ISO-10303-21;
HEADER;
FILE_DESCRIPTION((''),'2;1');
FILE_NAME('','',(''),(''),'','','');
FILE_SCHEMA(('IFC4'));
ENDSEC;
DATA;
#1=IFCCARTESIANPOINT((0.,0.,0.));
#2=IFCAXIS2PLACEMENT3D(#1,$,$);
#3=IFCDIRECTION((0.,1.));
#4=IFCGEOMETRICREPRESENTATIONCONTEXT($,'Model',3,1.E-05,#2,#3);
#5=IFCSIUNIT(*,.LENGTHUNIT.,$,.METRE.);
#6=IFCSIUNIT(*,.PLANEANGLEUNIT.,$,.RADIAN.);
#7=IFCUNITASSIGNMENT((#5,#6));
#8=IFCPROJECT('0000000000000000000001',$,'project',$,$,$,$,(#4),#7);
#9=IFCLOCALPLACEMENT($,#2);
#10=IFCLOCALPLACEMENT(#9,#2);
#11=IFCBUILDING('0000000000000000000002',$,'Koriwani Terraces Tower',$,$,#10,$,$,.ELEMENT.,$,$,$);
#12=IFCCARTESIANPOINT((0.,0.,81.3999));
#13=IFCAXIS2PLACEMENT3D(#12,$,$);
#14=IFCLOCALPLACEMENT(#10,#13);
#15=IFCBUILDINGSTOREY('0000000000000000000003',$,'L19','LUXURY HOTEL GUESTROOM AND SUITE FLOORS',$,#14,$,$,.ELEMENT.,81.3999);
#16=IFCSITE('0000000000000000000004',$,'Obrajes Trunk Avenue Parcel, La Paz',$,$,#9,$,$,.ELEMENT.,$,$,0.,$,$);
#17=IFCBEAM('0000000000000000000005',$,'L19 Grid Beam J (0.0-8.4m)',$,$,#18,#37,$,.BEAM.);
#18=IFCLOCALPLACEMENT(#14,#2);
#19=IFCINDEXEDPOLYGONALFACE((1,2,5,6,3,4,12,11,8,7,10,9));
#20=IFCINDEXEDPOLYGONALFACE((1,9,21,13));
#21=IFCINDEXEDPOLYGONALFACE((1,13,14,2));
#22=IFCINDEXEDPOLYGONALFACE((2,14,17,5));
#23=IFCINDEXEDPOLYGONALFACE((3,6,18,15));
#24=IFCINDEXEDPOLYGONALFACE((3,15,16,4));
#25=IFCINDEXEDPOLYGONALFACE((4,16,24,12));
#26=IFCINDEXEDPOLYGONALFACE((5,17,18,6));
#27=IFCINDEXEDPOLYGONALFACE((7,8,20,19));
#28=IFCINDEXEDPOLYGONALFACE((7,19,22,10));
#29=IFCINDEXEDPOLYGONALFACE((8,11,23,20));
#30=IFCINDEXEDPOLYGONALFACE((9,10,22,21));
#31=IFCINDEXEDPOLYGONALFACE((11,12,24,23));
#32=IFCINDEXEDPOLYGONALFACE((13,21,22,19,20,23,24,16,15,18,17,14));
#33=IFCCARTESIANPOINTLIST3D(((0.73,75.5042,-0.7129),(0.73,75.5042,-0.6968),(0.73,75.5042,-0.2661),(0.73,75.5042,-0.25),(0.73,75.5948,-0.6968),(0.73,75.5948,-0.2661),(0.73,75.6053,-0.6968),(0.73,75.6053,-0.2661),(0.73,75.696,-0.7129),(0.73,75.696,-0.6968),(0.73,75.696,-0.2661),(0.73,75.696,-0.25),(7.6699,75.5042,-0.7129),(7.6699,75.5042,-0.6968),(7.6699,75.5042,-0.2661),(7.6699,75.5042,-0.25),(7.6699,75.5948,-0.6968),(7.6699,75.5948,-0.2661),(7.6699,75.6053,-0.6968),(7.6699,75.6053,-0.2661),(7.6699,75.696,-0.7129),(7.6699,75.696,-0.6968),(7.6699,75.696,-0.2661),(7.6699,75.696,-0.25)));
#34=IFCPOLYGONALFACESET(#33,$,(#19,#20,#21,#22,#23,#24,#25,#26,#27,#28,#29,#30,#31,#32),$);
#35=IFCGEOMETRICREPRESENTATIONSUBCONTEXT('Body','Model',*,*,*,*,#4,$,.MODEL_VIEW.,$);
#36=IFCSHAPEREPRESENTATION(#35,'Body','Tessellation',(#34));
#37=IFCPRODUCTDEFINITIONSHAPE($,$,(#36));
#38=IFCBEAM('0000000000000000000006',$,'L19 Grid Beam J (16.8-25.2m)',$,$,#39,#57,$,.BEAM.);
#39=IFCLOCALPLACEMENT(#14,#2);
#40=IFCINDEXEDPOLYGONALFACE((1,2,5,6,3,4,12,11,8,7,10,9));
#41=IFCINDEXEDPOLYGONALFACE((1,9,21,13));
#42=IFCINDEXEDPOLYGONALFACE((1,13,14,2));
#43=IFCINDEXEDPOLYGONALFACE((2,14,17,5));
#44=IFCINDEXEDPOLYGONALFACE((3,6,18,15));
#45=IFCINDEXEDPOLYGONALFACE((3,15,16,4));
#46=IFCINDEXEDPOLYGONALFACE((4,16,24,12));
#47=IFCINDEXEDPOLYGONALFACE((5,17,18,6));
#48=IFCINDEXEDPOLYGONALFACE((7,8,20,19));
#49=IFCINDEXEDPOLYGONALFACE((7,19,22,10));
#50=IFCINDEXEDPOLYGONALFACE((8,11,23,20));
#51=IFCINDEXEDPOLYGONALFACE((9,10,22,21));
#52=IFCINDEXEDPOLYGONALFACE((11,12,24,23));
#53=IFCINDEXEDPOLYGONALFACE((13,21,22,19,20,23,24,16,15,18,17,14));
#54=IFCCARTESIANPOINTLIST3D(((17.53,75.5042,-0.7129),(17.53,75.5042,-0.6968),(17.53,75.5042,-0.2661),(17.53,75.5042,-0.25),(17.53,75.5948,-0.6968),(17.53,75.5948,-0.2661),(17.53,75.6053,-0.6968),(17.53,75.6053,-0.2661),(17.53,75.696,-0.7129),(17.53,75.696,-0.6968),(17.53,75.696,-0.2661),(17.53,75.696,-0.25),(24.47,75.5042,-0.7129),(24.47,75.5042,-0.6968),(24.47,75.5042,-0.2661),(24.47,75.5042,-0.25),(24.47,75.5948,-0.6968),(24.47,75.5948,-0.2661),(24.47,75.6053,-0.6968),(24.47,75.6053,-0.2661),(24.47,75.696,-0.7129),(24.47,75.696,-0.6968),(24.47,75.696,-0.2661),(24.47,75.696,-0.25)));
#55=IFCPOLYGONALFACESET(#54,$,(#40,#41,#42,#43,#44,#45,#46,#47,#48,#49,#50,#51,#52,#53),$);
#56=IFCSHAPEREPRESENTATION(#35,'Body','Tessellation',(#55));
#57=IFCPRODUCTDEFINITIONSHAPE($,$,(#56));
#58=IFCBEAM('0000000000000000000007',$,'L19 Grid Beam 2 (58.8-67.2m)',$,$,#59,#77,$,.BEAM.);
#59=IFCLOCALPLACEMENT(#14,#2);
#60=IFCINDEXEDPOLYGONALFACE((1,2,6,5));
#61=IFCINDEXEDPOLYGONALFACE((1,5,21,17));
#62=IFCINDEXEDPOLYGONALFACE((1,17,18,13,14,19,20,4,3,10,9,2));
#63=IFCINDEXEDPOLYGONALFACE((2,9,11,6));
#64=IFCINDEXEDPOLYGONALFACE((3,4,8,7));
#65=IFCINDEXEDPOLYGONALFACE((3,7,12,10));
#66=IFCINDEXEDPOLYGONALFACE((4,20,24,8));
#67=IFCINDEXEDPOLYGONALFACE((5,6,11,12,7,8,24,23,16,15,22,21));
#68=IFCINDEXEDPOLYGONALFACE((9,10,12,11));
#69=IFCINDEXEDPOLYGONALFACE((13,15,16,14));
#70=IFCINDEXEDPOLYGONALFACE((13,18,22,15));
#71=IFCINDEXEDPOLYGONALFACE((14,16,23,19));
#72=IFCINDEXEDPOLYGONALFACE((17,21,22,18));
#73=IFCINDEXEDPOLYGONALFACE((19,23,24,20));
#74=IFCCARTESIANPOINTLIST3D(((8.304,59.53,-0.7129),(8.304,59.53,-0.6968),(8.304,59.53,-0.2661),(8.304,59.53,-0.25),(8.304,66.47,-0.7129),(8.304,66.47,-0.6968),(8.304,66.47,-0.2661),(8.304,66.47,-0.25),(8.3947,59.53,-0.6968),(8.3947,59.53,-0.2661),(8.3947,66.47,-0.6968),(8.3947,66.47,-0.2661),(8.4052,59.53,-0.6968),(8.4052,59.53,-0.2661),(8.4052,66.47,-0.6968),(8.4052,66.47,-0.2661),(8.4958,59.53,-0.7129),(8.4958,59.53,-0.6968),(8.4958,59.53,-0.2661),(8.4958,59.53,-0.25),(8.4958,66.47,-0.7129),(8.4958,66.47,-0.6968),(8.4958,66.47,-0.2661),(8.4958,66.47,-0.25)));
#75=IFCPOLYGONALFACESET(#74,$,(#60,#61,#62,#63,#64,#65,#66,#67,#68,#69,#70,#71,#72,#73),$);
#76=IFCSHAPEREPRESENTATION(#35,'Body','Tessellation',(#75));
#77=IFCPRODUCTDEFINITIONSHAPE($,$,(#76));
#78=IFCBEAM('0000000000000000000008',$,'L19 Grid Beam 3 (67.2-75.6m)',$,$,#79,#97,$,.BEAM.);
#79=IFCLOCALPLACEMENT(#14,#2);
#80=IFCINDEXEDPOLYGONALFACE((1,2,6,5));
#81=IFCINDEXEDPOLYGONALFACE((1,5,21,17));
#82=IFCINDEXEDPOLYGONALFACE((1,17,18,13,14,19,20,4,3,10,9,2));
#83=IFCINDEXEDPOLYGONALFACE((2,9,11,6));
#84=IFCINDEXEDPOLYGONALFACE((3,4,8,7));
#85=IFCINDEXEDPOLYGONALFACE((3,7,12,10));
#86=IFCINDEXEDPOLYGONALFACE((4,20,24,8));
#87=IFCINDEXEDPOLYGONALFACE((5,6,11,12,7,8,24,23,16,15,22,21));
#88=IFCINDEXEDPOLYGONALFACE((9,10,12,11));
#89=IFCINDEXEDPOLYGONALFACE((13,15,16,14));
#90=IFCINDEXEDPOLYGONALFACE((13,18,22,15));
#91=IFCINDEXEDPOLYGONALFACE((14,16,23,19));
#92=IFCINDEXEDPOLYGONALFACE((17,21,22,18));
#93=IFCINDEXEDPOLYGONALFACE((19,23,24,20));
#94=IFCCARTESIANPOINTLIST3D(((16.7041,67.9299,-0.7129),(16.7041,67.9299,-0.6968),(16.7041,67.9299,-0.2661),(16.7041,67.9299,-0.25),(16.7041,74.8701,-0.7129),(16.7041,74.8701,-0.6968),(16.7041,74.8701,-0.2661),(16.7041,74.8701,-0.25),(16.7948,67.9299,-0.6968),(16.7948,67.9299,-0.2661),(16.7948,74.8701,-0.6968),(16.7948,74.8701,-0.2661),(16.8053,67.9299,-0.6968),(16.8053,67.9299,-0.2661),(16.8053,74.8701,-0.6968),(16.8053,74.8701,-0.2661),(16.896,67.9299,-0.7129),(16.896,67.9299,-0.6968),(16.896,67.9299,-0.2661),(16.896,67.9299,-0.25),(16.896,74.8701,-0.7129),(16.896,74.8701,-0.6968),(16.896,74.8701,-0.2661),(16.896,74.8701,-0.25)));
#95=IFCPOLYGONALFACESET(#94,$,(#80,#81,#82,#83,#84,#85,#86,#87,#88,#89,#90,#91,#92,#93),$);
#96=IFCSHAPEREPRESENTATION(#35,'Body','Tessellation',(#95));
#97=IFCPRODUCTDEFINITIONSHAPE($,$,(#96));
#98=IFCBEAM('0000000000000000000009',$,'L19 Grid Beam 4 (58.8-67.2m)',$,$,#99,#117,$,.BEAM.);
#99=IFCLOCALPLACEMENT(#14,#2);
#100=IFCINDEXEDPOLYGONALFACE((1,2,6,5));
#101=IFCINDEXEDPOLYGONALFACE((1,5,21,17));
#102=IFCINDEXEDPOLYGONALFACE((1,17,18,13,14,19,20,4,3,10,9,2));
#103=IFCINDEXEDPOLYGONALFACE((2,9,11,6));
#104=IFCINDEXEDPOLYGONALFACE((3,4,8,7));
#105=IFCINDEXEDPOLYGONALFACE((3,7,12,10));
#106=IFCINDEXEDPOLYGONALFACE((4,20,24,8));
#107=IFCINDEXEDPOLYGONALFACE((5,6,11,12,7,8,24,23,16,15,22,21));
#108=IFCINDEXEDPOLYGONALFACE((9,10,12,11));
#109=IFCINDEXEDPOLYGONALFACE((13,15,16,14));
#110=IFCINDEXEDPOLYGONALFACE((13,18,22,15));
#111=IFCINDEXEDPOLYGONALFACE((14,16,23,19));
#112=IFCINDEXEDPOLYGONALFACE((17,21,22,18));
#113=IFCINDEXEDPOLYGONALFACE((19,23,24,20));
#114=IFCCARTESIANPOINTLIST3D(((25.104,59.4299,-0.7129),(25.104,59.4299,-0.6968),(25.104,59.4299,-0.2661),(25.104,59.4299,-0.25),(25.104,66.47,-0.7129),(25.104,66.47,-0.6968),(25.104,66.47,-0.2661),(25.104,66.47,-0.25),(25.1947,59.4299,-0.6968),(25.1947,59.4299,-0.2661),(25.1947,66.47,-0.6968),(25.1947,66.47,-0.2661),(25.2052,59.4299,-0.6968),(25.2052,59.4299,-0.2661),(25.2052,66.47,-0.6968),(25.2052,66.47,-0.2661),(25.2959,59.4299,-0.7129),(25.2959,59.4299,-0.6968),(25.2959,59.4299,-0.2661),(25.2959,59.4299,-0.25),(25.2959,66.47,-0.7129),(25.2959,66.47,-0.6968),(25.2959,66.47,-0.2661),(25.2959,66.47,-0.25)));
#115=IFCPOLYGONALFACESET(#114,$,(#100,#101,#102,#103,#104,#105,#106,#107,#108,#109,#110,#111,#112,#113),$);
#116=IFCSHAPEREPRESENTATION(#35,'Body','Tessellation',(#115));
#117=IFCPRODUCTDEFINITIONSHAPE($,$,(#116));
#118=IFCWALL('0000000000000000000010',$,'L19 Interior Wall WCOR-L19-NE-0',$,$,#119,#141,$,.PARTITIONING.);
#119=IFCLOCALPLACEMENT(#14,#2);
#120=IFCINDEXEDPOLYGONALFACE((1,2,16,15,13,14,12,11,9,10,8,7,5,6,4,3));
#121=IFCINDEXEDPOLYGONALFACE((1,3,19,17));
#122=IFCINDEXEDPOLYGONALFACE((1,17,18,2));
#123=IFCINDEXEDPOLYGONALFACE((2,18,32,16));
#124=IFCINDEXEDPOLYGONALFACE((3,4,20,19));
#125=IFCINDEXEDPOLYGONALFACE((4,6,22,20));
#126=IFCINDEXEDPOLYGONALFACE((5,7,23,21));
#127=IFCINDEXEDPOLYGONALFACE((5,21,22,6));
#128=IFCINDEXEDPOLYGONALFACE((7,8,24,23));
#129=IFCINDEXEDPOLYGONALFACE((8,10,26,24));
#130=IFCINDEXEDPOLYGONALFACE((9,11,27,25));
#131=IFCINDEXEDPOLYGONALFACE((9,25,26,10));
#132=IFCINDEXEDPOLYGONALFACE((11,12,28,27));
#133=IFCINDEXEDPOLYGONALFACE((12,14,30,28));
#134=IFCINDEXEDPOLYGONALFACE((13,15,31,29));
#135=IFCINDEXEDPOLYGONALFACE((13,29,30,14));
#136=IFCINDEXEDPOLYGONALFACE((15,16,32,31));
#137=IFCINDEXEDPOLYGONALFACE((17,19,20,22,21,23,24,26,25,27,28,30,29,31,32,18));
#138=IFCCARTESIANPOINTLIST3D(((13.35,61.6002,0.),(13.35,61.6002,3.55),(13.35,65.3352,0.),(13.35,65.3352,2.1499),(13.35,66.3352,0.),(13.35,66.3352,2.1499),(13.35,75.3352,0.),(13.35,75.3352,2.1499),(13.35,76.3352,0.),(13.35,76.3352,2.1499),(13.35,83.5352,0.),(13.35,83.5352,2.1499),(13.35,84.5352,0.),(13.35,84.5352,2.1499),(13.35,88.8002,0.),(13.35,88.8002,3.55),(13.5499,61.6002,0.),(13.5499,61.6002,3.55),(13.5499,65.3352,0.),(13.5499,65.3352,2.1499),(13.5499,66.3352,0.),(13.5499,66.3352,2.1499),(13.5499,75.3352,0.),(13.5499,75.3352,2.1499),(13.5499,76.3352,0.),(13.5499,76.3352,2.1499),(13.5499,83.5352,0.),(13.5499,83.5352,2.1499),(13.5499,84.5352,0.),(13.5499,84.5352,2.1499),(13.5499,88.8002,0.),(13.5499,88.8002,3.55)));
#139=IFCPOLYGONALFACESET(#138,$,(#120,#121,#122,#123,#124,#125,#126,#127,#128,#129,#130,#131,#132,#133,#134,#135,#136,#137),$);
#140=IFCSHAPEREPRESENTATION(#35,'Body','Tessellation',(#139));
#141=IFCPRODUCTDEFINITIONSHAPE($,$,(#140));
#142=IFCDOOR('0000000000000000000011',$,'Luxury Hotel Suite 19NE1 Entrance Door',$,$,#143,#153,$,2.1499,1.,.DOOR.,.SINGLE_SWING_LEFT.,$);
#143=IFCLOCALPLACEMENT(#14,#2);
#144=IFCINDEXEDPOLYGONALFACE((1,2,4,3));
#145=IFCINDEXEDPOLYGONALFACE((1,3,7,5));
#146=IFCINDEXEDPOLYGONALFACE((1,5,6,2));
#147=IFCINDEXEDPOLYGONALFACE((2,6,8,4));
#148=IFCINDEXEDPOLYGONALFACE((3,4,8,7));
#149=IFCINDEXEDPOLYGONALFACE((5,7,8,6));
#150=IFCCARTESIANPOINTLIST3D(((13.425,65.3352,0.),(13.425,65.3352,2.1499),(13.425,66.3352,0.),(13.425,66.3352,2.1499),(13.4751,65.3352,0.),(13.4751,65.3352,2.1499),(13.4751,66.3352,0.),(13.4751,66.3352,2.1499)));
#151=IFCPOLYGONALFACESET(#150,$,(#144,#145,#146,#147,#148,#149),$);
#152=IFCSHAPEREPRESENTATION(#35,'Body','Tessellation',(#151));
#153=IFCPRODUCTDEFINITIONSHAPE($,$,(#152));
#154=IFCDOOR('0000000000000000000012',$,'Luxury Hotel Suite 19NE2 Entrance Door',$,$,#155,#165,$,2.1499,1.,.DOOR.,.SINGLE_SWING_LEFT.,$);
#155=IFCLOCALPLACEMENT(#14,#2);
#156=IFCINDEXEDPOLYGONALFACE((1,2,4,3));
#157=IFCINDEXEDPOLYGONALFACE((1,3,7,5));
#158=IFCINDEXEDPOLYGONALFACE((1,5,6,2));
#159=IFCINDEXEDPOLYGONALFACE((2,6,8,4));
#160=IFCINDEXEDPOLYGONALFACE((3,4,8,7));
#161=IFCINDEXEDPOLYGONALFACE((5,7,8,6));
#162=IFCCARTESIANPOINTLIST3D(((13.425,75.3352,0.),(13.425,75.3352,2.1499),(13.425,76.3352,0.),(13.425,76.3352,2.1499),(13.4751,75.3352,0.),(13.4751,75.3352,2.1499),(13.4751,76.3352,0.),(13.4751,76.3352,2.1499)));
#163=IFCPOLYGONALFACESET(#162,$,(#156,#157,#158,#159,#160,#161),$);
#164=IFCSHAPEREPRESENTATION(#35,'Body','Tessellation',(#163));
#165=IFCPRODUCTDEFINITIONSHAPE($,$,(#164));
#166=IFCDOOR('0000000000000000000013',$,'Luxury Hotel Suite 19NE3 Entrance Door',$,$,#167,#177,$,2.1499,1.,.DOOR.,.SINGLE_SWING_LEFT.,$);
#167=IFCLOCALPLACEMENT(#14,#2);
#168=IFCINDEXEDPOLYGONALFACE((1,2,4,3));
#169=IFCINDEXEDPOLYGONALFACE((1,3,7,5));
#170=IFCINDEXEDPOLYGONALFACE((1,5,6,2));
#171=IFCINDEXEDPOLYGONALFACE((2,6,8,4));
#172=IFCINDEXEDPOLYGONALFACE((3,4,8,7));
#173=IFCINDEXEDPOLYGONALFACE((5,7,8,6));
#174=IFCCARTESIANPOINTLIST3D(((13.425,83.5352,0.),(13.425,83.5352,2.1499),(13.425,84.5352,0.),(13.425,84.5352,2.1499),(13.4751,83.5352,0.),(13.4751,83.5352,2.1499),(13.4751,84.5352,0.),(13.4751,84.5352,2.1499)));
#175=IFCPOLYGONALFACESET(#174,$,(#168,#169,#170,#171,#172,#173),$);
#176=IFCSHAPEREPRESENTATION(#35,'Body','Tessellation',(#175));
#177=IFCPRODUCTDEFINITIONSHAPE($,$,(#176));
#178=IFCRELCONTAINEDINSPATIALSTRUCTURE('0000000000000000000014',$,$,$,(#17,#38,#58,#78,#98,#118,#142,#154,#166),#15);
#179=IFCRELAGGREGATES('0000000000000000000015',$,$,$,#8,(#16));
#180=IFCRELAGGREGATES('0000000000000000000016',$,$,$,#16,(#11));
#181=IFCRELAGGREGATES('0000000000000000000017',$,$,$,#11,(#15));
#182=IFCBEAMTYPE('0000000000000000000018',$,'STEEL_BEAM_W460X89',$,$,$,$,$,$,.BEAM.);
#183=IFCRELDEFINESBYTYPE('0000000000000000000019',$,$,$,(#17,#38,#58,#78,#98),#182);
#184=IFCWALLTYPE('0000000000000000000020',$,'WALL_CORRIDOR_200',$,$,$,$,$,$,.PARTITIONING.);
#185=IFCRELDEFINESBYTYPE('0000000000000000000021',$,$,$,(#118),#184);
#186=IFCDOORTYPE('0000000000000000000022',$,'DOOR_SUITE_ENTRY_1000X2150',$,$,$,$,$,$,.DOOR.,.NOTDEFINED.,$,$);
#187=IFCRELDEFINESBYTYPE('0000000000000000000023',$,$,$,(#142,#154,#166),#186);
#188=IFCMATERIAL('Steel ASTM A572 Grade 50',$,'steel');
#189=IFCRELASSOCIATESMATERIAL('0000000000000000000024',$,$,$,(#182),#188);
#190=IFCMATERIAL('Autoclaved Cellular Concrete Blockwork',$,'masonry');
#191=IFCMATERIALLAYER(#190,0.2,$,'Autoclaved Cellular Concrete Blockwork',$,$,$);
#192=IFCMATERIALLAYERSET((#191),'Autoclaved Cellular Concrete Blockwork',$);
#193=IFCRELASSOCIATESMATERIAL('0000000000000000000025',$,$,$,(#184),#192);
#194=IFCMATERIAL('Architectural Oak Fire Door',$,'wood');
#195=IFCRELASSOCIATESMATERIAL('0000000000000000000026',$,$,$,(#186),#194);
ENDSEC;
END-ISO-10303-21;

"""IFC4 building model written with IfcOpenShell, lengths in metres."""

from ifc_helpers import new_model, si_unit, direction, frame, frame_2d, origin, origin_2d, place, context, subcontext, project, spatial, rectangle, i_section, extrude, material, layer, layer_set, material_profile, profile_set, type_object, element, fill, save


model = new_model("IFC4")

# Units and contexts
model_context = context("Model", 3, precision=1e-05, world=origin(), true_north=direction((0.0, 1.0)))
body_context = subcontext(model_context, "Body", "Model", "MODEL_VIEW")
ifc_project = project(units=[si_unit("LENGTHUNIT", "METRE"), si_unit("PLANEANGLEUNIT", "RADIAN")], contexts=[model_context])

# Site, building, storey
site_placement = place(None, origin())
site = spatial("IfcSite", under=ifc_project, at=site_placement, Name="Obrajes Trunk Avenue Parcel, La Paz", CompositionType="ELEMENT", RefElevation=0.0)
building_placement = place(site_placement, origin())
building = spatial("IfcBuilding", under=site, at=building_placement, Name="Koriwani Terraces Tower", CompositionType="ELEMENT")
storey_placement = place(building_placement, frame((0.0, 0.0, 81.3999)))
storey = spatial("IfcBuildingStorey", under=building, at=storey_placement, Name="L19", Description="LUXURY HOTEL GUESTROOM AND SUITE FLOORS", CompositionType="ELEMENT", Elevation=81.3999)

# Beams
ifc_material_1 = material(Name="Steel ASTM A572 Grade 50", Category="steel")
ifc_material_profile_1 = material_profile(ifc_material_1, i_section(OverallWidth=0.1919, OverallDepth=0.4629, WebThickness=0.0105, FlangeThickness=0.0161, at=origin_2d()), Name="Steel ASTM A572 Grade 50", Category="LoadBearing")
ifc_profile_set_1 = profile_set([ifc_material_profile_1], Name="Steel ASTM A572 Grade 50")
beam_type_1 = type_object("IfcBeamType", Name="STEEL_BEAM_W460X89", PredefinedType="BEAM", material=ifc_profile_set_1)
for number, where, z_axis, x_axis, name in (
    (1, (0.73, 75.6001, -0.4814), (1.0, 0.0, 0.0), (0.0, 1.0, 0.0), "L19 Grid Beam J (0.0-8.4m)"),
    (2, (17.53, 75.6001, -0.4814), (1.0, 0.0, 0.0), (0.0, 1.0, 0.0), "L19 Grid Beam J (16.8-25.2m)"),
    (3, (8.3999, 59.53, -0.4814), (0.0, 1.0, 0.0), (-1.0, 0.0, 0.0), "L19 Grid Beam 2 (58.8-67.2m)"),
):
    element("IfcBeam", number, at=place(storey_placement, frame(where, z_axis=z_axis, x_axis=x_axis)), inside=storey, type_object=beam_type_1, Name=name, PredefinedType="BEAM", context=body_context, shape_type="SweptSolid", body=[
        extrude(i_section(OverallWidth=0.1919, OverallDepth=0.4629, WebThickness=0.0105, FlangeThickness=0.0161, at=origin_2d()), origin(), (0.0, 0.0, 1.0), 6.9399),
    ])
beam_1_placement = place(storey_placement, frame((16.8, 67.9299, -0.4814), z_axis=(0.0, 1.0, 0.0), x_axis=(-1.0, 0.0, 0.0)))
element("IfcBeam", 4, at=beam_1_placement, inside=storey, type_object=beam_type_1, Name="L19 Grid Beam 3 (67.2-75.6m)", PredefinedType="BEAM", context=body_context, shape_type="SweptSolid", body=[
    extrude(i_section(OverallWidth=0.1919, OverallDepth=0.4629, WebThickness=0.0105, FlangeThickness=0.0161, at=origin_2d()), origin(), (0.0, 0.0, 1.0), 6.9402),
])
beam_2_placement = place(storey_placement, frame((25.2, 59.4299, -0.4814), z_axis=(0.0, 1.0, 0.0), x_axis=(-1.0, 0.0, 0.0)))
element("IfcBeam", 5, at=beam_2_placement, inside=storey, type_object=beam_type_1, Name="L19 Grid Beam 4 (58.8-67.2m)", PredefinedType="BEAM", context=body_context, shape_type="SweptSolid", body=[
    extrude(i_section(OverallWidth=0.1919, OverallDepth=0.4629, WebThickness=0.0105, FlangeThickness=0.0161, at=origin_2d()), origin(), (0.0, 0.0, 1.0), 7.04),
])

# Wall, openings, doors
ifc_material_2 = material(Name="Autoclaved Cellular Concrete Blockwork", Category="masonry")
ifc_layer_1 = layer(ifc_material_2, 0.2, Name="Autoclaved Cellular Concrete Blockwork")
ifc_layer_set_1 = layer_set([ifc_layer_1], Name="Autoclaved Cellular Concrete Blockwork")
wall_type_1 = type_object("IfcWallType", Name="WALL_CORRIDOR_200", PredefinedType="PARTITIONING", material=ifc_layer_set_1)
wall_1_placement = place(storey_placement, frame((13.45, 61.6001, 0.0), z_axis=(0.0, 0.0, 1.0), x_axis=(0.0, 1.0, 0.0)))
wall_1 = element("IfcWall", 6, at=wall_1_placement, inside=storey, type_object=wall_type_1, Name="L19 Interior Wall WCOR-L19-NE-0", PredefinedType="PARTITIONING", context=body_context, shape_type="SweptSolid", body=[
    extrude(rectangle(XDim=27.2, YDim=0.2, at=frame_2d((13.6001, 0.0))), origin(), (0.0, 0.0, 1.0), 3.55),
])
opening_1_placement = place(wall_1_placement, frame((3.7351, 0.0, 0.0)))
opening_1 = element("IfcOpeningElement", 7, at=opening_1_placement, cuts=wall_1, PredefinedType="OPENING", context=body_context, shape_type="SweptSolid", body=[
    extrude(rectangle(XDim=1.0, YDim=2.1499, at=frame_2d((0.5, 1.075))), frame((0.0, 0.1099, 0.0), z_axis=(0.0, -1.0, 0.0), x_axis=(1.0, 0.0, 0.0)), (0.0, 0.0, 1.0), 0.22),
])
opening_2_placement = place(wall_1_placement, frame((13.7351, 0.0, 0.0)))
opening_2 = element("IfcOpeningElement", 8, at=opening_2_placement, cuts=wall_1, PredefinedType="OPENING", context=body_context, shape_type="SweptSolid", body=[
    extrude(rectangle(XDim=1.0, YDim=2.1499, at=frame_2d((0.5, 1.075))), frame((0.0, 0.1099, 0.0), z_axis=(0.0, -1.0, 0.0), x_axis=(1.0, 0.0, 0.0)), (0.0, 0.0, 1.0), 0.22),
])
opening_3_placement = place(wall_1_placement, frame((21.9351, 0.0, 0.0)))
opening_3 = element("IfcOpeningElement", 9, at=opening_3_placement, cuts=wall_1, PredefinedType="OPENING", context=body_context, shape_type="SweptSolid", body=[
    extrude(rectangle(XDim=1.0, YDim=2.1499, at=frame_2d((0.5, 1.075))), frame((0.0, 0.1099, 0.0), z_axis=(0.0, -1.0, 0.0), x_axis=(1.0, 0.0, 0.0)), (0.0, 0.0, 1.0), 0.22),
])
ifc_material_3 = material(Name="Architectural Oak Fire Door", Category="wood")
door_type_1 = type_object("IfcDoorType", Name="DOOR_SUITE_ENTRY_1000X2150", OperationType="NOTDEFINED", PredefinedType="DOOR", material=ifc_material_3)
door_1_placement = place(opening_1_placement, origin())
door_1 = element("IfcDoor", 10, at=door_1_placement, inside=storey, type_object=door_type_1, Name="Luxury Hotel Suite 19NE1 Entrance Door", OperationType="SINGLE_SWING_LEFT", OverallHeight=2.1499, OverallWidth=1.0, PredefinedType="DOOR", context=body_context, shape_type="SweptSolid", body=[
    extrude(rectangle(XDim=1.0, YDim=2.1499, at=frame_2d((0.5, 1.075))), frame((0.0, 0.0249, 0.0), z_axis=(0.0, -1.0, 0.0), x_axis=(1.0, 0.0, 0.0)), (0.0, 0.0, 1.0), 0.05),
])
fill(opening_1, door_1)
door_2_placement = place(opening_2_placement, origin())
door_2 = element("IfcDoor", 11, at=door_2_placement, inside=storey, type_object=door_type_1, Name="Luxury Hotel Suite 19NE2 Entrance Door", OperationType="SINGLE_SWING_LEFT", OverallHeight=2.1499, OverallWidth=1.0, PredefinedType="DOOR", context=body_context, shape_type="SweptSolid", body=[
    extrude(rectangle(XDim=1.0, YDim=2.1499, at=frame_2d((0.5, 1.075))), frame((0.0, 0.0249, 0.0), z_axis=(0.0, -1.0, 0.0), x_axis=(1.0, 0.0, 0.0)), (0.0, 0.0, 1.0), 0.05),
])
fill(opening_2, door_2)
door_3_placement = place(opening_3_placement, origin())
door_3 = element("IfcDoor", 12, at=door_3_placement, inside=storey, type_object=door_type_1, Name="Luxury Hotel Suite 19NE3 Entrance Door", OperationType="SINGLE_SWING_LEFT", OverallHeight=2.1499, OverallWidth=1.0, PredefinedType="DOOR", context=body_context, shape_type="SweptSolid", body=[
    extrude(rectangle(XDim=1.0, YDim=2.1499, at=frame_2d((0.5, 1.075))), frame((0.0, 0.0249, 0.0), z_axis=(0.0, -1.0, 0.0), x_axis=(1.0, 0.0, 0.0)), (0.0, 0.0, 1.0), 0.05),
])
fill(opening_3, door_3)

save(model, "model.ifc")
